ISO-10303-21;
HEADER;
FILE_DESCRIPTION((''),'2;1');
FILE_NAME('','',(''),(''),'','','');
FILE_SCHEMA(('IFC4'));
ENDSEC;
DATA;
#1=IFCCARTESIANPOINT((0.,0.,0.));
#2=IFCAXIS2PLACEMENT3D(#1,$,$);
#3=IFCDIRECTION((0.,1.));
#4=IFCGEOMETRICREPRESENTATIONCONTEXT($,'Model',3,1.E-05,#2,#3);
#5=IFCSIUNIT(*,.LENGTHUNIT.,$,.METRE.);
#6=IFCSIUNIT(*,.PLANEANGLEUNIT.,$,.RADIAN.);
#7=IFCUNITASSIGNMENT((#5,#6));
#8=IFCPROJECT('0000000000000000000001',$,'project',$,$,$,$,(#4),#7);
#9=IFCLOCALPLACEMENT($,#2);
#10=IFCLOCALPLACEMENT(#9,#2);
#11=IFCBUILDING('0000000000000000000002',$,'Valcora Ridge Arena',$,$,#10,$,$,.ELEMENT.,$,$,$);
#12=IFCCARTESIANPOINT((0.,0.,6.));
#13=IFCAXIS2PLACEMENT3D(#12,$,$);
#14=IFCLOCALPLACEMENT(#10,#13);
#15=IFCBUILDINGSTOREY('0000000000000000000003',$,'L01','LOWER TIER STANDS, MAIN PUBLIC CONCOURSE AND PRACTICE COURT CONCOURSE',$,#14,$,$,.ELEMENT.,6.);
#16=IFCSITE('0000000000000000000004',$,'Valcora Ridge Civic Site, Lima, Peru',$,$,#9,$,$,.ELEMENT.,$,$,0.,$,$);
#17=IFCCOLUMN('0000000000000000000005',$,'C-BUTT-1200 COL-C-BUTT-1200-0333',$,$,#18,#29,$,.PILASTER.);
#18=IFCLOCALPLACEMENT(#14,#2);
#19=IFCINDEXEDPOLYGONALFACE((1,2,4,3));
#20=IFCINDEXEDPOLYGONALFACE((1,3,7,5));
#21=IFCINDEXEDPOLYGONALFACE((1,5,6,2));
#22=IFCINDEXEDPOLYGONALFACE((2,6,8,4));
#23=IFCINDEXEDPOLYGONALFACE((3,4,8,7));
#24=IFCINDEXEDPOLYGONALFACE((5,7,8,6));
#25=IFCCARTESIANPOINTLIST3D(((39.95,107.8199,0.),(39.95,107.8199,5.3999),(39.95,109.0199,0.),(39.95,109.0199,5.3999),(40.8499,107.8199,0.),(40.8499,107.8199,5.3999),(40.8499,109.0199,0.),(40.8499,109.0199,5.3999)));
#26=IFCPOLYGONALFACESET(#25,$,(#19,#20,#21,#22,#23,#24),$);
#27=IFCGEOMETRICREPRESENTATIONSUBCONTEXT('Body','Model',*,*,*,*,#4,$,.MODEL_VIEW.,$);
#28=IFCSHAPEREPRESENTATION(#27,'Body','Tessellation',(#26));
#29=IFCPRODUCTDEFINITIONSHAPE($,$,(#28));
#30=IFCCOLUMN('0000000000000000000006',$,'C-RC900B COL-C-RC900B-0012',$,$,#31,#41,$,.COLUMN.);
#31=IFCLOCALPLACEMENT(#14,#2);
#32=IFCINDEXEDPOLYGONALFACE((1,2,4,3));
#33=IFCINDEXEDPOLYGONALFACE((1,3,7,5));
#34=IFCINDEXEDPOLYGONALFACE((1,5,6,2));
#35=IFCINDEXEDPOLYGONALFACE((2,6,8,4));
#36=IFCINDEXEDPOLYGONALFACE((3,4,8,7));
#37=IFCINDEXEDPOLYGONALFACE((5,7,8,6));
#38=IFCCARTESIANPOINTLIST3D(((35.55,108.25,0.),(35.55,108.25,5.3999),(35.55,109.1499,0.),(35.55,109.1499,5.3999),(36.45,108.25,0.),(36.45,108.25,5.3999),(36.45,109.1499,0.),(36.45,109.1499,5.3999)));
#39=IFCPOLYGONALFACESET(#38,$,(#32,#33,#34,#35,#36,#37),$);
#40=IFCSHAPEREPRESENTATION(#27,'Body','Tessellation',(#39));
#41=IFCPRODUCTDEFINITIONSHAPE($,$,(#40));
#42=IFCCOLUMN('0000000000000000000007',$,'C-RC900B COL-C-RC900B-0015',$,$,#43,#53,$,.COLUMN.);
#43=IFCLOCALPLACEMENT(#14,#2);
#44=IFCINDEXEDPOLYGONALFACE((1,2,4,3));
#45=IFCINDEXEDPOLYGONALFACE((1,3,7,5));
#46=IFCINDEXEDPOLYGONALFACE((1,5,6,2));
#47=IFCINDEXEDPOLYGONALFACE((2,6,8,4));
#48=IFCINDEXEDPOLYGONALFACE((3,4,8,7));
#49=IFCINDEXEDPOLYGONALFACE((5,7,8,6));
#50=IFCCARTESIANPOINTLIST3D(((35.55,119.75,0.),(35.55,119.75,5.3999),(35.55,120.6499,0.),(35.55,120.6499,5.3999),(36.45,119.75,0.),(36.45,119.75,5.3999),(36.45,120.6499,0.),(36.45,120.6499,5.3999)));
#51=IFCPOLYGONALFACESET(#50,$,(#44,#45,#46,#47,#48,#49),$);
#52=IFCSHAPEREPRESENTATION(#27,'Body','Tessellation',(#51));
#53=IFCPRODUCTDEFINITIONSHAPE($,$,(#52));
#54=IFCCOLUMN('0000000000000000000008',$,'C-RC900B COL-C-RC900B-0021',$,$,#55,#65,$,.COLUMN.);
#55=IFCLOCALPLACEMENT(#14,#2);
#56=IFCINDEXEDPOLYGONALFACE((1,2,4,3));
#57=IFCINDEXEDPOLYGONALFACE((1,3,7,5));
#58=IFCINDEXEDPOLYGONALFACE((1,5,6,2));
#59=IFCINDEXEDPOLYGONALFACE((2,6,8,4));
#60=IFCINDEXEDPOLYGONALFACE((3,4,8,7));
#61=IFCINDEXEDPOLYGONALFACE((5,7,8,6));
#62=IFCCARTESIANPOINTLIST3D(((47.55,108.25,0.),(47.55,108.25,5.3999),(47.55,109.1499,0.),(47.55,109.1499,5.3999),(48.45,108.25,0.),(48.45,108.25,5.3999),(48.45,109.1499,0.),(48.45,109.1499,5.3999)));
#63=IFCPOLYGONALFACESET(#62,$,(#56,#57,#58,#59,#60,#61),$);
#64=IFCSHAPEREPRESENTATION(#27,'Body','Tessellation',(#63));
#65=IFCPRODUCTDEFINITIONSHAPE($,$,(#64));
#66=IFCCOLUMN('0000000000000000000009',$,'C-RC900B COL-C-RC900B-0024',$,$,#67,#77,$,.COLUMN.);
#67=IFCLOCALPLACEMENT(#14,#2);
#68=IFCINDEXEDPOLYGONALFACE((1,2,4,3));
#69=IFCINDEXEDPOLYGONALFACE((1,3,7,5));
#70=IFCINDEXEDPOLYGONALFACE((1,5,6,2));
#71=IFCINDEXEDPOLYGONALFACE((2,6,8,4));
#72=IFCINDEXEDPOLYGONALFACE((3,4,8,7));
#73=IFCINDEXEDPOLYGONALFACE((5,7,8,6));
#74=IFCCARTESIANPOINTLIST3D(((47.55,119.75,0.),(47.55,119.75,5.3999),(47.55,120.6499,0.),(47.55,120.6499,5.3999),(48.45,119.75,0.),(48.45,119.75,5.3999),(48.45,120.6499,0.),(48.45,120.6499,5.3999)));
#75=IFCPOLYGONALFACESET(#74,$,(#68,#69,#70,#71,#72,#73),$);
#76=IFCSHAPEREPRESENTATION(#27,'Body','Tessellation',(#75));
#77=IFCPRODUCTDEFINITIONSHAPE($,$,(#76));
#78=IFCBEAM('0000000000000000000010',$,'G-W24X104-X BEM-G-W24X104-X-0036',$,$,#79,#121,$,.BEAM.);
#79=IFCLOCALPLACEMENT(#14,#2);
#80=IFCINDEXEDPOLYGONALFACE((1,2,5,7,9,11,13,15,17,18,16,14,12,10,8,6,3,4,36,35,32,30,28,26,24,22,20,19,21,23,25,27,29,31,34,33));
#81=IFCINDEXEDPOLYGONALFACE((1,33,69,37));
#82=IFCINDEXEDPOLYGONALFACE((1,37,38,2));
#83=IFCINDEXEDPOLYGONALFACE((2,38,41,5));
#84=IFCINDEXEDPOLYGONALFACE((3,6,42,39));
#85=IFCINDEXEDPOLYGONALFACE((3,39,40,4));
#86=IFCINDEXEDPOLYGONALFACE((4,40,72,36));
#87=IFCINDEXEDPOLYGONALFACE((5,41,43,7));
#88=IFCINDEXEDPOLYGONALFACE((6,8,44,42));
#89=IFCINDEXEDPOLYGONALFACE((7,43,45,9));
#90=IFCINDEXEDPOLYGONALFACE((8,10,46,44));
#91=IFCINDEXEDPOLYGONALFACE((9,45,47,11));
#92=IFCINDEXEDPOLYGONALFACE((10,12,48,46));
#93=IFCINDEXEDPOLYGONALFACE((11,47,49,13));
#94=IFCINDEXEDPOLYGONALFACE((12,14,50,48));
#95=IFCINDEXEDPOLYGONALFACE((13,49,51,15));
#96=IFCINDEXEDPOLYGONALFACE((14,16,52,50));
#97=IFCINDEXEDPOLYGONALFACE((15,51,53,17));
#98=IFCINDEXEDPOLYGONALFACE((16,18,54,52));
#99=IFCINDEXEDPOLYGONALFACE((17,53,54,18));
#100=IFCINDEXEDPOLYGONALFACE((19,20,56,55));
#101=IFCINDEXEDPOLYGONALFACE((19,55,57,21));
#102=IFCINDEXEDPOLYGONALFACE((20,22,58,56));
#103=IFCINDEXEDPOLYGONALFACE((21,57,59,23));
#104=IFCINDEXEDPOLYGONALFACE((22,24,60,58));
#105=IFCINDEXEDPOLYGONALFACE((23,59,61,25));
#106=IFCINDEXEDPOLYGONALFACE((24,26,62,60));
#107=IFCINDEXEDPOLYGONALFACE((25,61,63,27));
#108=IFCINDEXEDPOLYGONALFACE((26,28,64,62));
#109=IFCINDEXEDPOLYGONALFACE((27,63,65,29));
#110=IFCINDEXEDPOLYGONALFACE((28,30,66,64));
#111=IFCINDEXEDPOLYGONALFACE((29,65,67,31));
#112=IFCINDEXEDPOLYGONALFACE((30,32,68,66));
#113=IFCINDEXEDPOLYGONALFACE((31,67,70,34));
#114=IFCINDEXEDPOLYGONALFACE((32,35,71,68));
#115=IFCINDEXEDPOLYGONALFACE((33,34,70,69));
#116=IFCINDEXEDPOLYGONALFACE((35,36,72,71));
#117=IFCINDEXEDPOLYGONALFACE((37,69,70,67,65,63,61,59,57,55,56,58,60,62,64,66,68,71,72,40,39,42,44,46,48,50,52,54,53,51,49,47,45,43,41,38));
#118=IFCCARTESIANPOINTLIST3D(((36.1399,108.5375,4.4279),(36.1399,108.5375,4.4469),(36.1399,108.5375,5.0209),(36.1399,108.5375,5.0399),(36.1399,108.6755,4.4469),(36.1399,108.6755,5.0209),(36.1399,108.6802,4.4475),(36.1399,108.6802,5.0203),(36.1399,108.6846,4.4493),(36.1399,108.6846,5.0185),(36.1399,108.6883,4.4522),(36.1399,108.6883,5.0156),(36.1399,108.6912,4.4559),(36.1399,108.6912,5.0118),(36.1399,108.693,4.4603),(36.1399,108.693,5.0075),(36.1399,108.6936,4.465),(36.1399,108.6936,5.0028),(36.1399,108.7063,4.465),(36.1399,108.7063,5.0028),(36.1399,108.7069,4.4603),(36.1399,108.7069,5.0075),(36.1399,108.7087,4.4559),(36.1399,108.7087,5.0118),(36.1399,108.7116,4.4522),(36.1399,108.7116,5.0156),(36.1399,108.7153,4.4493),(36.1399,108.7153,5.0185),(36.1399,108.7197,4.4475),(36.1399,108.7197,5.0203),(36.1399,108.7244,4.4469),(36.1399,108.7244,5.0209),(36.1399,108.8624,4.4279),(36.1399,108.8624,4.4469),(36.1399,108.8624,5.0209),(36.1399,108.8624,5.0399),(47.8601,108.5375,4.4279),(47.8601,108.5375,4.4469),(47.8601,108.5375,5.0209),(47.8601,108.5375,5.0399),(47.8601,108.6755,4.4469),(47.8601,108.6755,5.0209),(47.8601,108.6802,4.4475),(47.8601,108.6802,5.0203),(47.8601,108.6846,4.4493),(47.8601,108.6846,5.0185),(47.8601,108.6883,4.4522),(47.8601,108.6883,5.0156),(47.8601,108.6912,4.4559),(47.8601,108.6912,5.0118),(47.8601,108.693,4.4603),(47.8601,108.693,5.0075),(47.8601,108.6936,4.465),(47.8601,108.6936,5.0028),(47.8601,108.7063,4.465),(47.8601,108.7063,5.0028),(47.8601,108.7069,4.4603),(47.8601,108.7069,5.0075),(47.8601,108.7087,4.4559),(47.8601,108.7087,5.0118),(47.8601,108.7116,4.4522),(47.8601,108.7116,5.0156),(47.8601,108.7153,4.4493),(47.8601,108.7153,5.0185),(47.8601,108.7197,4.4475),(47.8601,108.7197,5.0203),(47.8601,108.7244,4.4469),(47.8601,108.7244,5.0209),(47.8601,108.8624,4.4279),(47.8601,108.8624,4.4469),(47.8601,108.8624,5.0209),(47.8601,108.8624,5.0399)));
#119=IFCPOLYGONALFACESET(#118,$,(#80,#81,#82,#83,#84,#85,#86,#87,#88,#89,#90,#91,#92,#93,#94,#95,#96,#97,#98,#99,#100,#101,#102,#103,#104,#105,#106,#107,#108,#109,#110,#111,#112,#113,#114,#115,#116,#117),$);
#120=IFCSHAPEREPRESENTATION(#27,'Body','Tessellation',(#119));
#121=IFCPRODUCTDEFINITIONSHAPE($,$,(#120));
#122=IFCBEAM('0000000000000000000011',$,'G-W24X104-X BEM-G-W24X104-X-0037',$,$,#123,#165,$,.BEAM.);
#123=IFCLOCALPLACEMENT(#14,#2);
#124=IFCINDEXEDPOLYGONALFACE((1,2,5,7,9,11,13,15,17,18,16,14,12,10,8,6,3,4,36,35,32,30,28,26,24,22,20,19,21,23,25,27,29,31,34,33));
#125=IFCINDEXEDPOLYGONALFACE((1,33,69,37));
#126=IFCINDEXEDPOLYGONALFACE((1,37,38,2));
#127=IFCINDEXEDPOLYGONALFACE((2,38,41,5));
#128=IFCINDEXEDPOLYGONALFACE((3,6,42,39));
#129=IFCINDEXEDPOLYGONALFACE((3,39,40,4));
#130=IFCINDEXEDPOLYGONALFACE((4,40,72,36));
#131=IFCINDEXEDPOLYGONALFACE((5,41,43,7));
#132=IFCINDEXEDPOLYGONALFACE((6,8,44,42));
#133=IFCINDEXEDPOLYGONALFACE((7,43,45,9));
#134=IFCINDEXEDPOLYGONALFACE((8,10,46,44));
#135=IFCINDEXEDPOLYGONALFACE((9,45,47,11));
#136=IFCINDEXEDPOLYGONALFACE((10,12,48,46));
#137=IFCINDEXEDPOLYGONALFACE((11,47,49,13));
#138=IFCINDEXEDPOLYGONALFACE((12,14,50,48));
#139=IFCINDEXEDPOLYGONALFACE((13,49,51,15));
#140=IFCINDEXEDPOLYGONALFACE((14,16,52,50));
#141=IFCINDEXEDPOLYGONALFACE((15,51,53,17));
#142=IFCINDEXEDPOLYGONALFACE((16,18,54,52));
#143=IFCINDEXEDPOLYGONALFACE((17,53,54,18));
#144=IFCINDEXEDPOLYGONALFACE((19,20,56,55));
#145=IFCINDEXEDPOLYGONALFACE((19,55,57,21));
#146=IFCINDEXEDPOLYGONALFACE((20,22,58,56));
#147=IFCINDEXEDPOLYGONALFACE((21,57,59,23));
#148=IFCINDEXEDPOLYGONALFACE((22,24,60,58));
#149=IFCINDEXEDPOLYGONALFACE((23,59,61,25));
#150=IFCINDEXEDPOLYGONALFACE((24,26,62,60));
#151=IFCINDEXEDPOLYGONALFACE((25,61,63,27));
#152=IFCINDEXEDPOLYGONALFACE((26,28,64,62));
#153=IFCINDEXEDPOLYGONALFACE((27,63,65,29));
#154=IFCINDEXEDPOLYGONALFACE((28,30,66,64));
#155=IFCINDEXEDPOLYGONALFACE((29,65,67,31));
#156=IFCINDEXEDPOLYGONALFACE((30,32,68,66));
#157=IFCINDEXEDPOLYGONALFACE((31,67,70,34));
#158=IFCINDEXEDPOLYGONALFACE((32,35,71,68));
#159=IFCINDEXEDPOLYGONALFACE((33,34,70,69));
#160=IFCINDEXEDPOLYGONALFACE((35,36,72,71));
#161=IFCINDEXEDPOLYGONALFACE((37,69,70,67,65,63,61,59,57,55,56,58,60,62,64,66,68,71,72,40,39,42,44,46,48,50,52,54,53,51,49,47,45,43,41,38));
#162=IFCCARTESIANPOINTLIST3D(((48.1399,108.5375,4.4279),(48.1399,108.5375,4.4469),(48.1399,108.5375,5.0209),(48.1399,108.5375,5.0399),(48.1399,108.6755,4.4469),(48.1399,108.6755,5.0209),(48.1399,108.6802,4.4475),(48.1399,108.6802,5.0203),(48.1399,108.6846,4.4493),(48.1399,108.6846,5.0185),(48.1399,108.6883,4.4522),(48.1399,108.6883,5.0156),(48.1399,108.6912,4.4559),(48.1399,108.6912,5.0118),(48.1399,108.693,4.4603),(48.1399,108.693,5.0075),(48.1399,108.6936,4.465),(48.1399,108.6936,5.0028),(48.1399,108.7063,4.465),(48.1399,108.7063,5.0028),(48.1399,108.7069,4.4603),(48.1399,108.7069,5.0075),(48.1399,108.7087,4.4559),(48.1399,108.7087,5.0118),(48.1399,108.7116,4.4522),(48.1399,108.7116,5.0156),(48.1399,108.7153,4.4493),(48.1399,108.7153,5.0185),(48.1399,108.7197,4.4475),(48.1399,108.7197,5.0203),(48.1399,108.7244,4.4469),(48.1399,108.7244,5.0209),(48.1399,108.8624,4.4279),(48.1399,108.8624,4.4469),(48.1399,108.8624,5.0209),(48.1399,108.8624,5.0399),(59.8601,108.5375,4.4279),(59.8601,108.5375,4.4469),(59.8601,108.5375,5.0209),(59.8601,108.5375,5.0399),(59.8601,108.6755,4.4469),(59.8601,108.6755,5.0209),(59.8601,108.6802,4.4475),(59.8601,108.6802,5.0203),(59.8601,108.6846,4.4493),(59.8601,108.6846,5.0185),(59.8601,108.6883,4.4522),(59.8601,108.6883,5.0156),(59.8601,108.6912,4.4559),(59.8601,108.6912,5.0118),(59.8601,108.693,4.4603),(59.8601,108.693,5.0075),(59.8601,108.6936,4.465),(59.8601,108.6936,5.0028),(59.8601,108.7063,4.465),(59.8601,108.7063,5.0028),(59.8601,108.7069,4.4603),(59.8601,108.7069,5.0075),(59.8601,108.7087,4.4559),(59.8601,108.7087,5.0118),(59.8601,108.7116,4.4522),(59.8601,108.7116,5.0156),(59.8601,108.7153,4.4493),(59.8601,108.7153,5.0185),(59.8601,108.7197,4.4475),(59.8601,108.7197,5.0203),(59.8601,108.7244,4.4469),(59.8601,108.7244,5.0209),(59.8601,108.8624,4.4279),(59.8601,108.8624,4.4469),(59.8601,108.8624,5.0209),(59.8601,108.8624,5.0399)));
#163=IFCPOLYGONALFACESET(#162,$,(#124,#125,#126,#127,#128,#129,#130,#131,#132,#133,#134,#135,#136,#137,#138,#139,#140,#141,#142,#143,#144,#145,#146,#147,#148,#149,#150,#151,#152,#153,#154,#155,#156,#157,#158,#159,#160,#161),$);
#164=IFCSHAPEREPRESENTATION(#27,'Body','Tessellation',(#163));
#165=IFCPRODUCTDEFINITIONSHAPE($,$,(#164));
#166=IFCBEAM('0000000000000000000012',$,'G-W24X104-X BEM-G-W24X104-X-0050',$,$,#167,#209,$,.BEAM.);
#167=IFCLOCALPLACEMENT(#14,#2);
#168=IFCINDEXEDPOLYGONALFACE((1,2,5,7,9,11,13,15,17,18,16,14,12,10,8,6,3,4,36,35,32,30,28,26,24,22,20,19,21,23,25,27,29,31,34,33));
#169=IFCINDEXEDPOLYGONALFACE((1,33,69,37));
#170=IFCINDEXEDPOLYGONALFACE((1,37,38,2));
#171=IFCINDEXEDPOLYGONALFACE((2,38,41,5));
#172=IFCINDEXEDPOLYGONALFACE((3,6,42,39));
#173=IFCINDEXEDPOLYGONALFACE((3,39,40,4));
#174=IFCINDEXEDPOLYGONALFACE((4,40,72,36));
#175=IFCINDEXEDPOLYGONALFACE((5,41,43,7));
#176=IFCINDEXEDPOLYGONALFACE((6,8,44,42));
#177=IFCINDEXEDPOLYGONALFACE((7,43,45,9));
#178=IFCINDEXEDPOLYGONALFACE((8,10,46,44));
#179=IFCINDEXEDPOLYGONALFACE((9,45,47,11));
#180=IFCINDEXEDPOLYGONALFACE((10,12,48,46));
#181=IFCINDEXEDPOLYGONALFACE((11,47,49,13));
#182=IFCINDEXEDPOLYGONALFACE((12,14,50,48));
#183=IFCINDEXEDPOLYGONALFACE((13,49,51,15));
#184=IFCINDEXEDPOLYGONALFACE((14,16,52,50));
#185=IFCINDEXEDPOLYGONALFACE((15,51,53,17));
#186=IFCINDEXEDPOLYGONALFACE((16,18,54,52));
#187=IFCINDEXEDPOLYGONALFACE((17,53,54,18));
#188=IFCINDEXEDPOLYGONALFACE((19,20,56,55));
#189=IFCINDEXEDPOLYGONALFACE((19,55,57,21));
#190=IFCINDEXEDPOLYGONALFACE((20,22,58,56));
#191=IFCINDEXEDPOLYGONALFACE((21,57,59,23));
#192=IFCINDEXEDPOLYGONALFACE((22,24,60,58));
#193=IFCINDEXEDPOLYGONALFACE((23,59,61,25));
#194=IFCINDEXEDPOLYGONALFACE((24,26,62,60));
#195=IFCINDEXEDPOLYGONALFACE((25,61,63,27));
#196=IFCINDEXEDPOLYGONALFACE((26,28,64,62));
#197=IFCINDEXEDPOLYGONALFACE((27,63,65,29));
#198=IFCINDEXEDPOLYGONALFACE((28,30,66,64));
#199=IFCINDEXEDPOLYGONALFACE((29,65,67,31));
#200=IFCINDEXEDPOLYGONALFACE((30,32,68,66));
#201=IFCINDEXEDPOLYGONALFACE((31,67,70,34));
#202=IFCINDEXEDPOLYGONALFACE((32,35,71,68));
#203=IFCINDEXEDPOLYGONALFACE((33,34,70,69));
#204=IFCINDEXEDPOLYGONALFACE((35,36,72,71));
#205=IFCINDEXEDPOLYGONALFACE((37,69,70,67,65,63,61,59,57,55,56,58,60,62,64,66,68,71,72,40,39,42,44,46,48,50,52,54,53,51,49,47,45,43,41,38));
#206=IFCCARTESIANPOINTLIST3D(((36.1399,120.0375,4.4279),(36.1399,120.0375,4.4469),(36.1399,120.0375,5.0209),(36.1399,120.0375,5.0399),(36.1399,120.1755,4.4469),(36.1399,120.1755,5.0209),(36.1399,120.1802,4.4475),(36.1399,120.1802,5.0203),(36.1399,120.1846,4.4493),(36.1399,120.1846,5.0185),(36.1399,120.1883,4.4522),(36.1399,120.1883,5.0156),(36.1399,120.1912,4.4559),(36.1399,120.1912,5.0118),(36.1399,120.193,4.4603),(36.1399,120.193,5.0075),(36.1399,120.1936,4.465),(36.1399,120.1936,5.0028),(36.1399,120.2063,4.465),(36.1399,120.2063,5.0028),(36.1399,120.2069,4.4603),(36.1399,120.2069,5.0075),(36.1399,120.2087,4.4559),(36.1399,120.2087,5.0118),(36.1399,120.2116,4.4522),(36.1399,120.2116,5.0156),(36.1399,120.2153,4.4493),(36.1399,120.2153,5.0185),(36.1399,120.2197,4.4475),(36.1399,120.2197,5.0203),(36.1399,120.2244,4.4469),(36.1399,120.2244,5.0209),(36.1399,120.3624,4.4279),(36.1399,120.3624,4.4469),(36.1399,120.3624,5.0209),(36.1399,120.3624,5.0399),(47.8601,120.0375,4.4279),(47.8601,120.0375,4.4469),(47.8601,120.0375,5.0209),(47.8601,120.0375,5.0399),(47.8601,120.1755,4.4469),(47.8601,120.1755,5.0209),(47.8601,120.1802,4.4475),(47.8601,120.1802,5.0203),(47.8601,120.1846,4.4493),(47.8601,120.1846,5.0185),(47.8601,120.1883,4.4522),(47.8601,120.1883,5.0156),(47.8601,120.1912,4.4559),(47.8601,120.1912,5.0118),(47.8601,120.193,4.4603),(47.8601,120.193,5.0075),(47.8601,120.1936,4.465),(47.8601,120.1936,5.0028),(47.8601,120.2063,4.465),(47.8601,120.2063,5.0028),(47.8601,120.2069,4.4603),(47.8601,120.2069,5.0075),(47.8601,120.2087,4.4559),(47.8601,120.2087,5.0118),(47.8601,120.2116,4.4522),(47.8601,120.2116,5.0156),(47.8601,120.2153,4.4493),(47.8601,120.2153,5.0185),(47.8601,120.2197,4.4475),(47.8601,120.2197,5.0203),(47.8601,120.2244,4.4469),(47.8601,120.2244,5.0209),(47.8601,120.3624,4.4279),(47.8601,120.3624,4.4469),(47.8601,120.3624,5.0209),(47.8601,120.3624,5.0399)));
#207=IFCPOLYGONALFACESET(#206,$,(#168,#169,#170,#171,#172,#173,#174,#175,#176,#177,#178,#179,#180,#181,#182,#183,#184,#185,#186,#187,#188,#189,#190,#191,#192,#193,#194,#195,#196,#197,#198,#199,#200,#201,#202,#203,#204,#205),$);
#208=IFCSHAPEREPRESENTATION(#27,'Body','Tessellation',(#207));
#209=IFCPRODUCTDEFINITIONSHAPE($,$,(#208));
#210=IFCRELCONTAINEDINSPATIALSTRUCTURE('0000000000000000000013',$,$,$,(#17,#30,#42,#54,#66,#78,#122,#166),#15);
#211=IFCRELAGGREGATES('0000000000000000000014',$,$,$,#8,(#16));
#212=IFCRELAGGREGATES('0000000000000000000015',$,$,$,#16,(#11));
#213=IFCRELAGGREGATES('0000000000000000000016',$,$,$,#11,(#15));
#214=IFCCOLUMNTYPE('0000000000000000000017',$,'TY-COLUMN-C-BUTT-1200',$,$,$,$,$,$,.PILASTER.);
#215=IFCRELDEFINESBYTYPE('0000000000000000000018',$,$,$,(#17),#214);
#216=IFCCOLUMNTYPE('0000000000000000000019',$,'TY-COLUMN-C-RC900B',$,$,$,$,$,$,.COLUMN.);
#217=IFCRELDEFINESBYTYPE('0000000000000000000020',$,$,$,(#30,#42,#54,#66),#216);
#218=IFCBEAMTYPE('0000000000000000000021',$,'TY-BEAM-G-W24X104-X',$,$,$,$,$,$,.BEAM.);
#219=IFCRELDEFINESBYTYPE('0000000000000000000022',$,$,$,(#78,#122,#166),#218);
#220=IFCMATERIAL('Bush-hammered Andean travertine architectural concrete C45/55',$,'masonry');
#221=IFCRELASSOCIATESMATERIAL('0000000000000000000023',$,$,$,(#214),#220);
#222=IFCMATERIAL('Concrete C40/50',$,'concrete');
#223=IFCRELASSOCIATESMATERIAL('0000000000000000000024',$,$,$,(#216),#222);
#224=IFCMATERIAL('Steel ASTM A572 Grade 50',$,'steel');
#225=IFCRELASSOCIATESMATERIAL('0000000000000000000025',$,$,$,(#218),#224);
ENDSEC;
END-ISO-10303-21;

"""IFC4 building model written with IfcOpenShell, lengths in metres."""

from ifc_helpers import new_model, si_unit, direction, frame, origin, origin_2d, place, context, subcontext, project, spatial, rectangle, i_section, extrude, material, material_profile, profile_set, type_object, element, save


model = new_model("IFC4")

# Units and contexts
model_context = context("Model", 3, precision=1e-05, world=origin(), true_north=direction((0.0, 1.0)))
body_context = subcontext(model_context, "Body", "Model", "MODEL_VIEW")
ifc_project = project(units=[si_unit("LENGTHUNIT", "METRE"), si_unit("PLANEANGLEUNIT", "RADIAN")], contexts=[model_context])

# Site, building, storey
site_placement = place(None, origin())
site = spatial("IfcSite", under=ifc_project, at=site_placement, Name="Valcora Ridge Civic Site, Lima, Peru", CompositionType="ELEMENT", RefElevation=0.0)
building_placement = place(site_placement, origin())
building = spatial("IfcBuilding", under=site, at=building_placement, Name="Valcora Ridge Arena", CompositionType="ELEMENT")
storey_placement = place(building_placement, frame((0.0, 0.0, 6.0)))
storey = spatial("IfcBuildingStorey", under=building, at=storey_placement, Name="L01", Description="LOWER TIER STANDS, MAIN PUBLIC CONCOURSE AND PRACTICE COURT CONCOURSE", CompositionType="ELEMENT", Elevation=6.0)

# Columns
ifc_material_1 = material(Name="Bush-hammered Andean travertine architectural concrete C45/55", Category="masonry")
ifc_material_profile_1 = material_profile(ifc_material_1, rectangle(XDim=0.8999, YDim=1.2, at=origin_2d()), Name="RC 900x1200")
ifc_profile_set_1 = profile_set([ifc_material_profile_1], Name="Bush-hammered Andean travertine architectural concrete C45/55")
column_type_1 = type_object("IfcColumnType", Name="TY-COLUMN-C-BUTT-1200", PredefinedType="PILASTER", material=ifc_profile_set_1)
column_placement = place(storey_placement, frame((40.3999, 108.4199, 0.0), z_axis=(0.0, 0.0, 1.0), x_axis=(1.0, 0.0, 0.0)))
element("IfcColumn", 1, at=column_placement, inside=storey, type_object=column_type_1, Name="C-BUTT-1200 COL-C-BUTT-1200-0333", PredefinedType="PILASTER", context=body_context, shape_type="SweptSolid", body=[
    extrude(rectangle(XDim=0.8999, YDim=1.2, at=origin_2d()), origin(), (0.0, 0.0, 1.0), 5.3999),
])
ifc_material_2 = material(Name="Concrete C40/50", Category="concrete")
ifc_material_profile_2 = material_profile(ifc_material_2, rectangle(XDim=0.8999, YDim=0.8999, at=origin_2d()), Name="RC 900x900")
ifc_profile_set_2 = profile_set([ifc_material_profile_2], Name="Concrete C40/50")
column_type_2 = type_object("IfcColumnType", Name="TY-COLUMN-C-RC900B", PredefinedType="COLUMN", material=ifc_profile_set_2)
for number, where, z_axis, x_axis, name in (
    (2, (36.0, 108.7, 0.0), (0.0, 0.0, 1.0), (1.0, 0.0, 0.0), "C-RC900B COL-C-RC900B-0012"),
    (3, (36.0, 120.2, 0.0), (0.0, 0.0, 1.0), (1.0, 0.0, 0.0), "C-RC900B COL-C-RC900B-0015"),
    (4, (48.0, 108.7, 0.0), (0.0, 0.0, 1.0), (1.0, 0.0, 0.0), "C-RC900B COL-C-RC900B-0021"),
    (5, (48.0, 120.2, 0.0), (0.0, 0.0, 1.0), (1.0, 0.0, 0.0), "C-RC900B COL-C-RC900B-0024"),
):
    element("IfcColumn", number, at=place(storey_placement, frame(where, z_axis=z_axis, x_axis=x_axis)), inside=storey, type_object=column_type_2, Name=name, PredefinedType="COLUMN", context=body_context, shape_type="SweptSolid", body=[
        extrude(rectangle(XDim=0.8999, YDim=0.8999, at=origin_2d()), origin(), (0.0, 0.0, 1.0), 5.3999),
    ])

# Beams
ifc_material_3 = material(Name="Steel ASTM A572 Grade 50", Category="steel")
ifc_material_profile_3 = material_profile(ifc_material_3, i_section(OverallWidth=0.325, OverallDepth=0.6121, WebThickness=0.0127, FlangeThickness=0.019, FilletRadius=0.0181, at=origin_2d()), Name="W24X104")
ifc_profile_set_3 = profile_set([ifc_material_profile_3], Name="Steel ASTM A572 Grade 50")
beam_type_1 = type_object("IfcBeamType", Name="TY-BEAM-G-W24X104-X", PredefinedType="BEAM", material=ifc_profile_set_3)
for number, where, z_axis, x_axis, name in (
    (6, (36.1399, 108.7, 4.7339), (1.0, 0.0, 0.0), (0.0, 1.0, 0.0), "G-W24X104-X BEM-G-W24X104-X-0036"),
    (7, (48.1399, 108.7, 4.7339), (1.0, 0.0, 0.0), (0.0, 1.0, 0.0), "G-W24X104-X BEM-G-W24X104-X-0037"),
    (8, (36.1399, 120.2, 4.7339), (1.0, 0.0, 0.0), (0.0, 1.0, 0.0), "G-W24X104-X BEM-G-W24X104-X-0050"),
):
    element("IfcBeam", number, at=place(storey_placement, frame(where, z_axis=z_axis, x_axis=x_axis)), inside=storey, type_object=beam_type_1, Name=name, PredefinedType="BEAM", context=body_context, shape_type="SweptSolid", body=[
        extrude(i_section(OverallWidth=0.325, OverallDepth=0.6121, WebThickness=0.0127, FlangeThickness=0.019, FilletRadius=0.0181, at=origin_2d()), origin(), (0.0, 0.0, 1.0), 11.7202),
    ])

save(model, "model.ifc")
